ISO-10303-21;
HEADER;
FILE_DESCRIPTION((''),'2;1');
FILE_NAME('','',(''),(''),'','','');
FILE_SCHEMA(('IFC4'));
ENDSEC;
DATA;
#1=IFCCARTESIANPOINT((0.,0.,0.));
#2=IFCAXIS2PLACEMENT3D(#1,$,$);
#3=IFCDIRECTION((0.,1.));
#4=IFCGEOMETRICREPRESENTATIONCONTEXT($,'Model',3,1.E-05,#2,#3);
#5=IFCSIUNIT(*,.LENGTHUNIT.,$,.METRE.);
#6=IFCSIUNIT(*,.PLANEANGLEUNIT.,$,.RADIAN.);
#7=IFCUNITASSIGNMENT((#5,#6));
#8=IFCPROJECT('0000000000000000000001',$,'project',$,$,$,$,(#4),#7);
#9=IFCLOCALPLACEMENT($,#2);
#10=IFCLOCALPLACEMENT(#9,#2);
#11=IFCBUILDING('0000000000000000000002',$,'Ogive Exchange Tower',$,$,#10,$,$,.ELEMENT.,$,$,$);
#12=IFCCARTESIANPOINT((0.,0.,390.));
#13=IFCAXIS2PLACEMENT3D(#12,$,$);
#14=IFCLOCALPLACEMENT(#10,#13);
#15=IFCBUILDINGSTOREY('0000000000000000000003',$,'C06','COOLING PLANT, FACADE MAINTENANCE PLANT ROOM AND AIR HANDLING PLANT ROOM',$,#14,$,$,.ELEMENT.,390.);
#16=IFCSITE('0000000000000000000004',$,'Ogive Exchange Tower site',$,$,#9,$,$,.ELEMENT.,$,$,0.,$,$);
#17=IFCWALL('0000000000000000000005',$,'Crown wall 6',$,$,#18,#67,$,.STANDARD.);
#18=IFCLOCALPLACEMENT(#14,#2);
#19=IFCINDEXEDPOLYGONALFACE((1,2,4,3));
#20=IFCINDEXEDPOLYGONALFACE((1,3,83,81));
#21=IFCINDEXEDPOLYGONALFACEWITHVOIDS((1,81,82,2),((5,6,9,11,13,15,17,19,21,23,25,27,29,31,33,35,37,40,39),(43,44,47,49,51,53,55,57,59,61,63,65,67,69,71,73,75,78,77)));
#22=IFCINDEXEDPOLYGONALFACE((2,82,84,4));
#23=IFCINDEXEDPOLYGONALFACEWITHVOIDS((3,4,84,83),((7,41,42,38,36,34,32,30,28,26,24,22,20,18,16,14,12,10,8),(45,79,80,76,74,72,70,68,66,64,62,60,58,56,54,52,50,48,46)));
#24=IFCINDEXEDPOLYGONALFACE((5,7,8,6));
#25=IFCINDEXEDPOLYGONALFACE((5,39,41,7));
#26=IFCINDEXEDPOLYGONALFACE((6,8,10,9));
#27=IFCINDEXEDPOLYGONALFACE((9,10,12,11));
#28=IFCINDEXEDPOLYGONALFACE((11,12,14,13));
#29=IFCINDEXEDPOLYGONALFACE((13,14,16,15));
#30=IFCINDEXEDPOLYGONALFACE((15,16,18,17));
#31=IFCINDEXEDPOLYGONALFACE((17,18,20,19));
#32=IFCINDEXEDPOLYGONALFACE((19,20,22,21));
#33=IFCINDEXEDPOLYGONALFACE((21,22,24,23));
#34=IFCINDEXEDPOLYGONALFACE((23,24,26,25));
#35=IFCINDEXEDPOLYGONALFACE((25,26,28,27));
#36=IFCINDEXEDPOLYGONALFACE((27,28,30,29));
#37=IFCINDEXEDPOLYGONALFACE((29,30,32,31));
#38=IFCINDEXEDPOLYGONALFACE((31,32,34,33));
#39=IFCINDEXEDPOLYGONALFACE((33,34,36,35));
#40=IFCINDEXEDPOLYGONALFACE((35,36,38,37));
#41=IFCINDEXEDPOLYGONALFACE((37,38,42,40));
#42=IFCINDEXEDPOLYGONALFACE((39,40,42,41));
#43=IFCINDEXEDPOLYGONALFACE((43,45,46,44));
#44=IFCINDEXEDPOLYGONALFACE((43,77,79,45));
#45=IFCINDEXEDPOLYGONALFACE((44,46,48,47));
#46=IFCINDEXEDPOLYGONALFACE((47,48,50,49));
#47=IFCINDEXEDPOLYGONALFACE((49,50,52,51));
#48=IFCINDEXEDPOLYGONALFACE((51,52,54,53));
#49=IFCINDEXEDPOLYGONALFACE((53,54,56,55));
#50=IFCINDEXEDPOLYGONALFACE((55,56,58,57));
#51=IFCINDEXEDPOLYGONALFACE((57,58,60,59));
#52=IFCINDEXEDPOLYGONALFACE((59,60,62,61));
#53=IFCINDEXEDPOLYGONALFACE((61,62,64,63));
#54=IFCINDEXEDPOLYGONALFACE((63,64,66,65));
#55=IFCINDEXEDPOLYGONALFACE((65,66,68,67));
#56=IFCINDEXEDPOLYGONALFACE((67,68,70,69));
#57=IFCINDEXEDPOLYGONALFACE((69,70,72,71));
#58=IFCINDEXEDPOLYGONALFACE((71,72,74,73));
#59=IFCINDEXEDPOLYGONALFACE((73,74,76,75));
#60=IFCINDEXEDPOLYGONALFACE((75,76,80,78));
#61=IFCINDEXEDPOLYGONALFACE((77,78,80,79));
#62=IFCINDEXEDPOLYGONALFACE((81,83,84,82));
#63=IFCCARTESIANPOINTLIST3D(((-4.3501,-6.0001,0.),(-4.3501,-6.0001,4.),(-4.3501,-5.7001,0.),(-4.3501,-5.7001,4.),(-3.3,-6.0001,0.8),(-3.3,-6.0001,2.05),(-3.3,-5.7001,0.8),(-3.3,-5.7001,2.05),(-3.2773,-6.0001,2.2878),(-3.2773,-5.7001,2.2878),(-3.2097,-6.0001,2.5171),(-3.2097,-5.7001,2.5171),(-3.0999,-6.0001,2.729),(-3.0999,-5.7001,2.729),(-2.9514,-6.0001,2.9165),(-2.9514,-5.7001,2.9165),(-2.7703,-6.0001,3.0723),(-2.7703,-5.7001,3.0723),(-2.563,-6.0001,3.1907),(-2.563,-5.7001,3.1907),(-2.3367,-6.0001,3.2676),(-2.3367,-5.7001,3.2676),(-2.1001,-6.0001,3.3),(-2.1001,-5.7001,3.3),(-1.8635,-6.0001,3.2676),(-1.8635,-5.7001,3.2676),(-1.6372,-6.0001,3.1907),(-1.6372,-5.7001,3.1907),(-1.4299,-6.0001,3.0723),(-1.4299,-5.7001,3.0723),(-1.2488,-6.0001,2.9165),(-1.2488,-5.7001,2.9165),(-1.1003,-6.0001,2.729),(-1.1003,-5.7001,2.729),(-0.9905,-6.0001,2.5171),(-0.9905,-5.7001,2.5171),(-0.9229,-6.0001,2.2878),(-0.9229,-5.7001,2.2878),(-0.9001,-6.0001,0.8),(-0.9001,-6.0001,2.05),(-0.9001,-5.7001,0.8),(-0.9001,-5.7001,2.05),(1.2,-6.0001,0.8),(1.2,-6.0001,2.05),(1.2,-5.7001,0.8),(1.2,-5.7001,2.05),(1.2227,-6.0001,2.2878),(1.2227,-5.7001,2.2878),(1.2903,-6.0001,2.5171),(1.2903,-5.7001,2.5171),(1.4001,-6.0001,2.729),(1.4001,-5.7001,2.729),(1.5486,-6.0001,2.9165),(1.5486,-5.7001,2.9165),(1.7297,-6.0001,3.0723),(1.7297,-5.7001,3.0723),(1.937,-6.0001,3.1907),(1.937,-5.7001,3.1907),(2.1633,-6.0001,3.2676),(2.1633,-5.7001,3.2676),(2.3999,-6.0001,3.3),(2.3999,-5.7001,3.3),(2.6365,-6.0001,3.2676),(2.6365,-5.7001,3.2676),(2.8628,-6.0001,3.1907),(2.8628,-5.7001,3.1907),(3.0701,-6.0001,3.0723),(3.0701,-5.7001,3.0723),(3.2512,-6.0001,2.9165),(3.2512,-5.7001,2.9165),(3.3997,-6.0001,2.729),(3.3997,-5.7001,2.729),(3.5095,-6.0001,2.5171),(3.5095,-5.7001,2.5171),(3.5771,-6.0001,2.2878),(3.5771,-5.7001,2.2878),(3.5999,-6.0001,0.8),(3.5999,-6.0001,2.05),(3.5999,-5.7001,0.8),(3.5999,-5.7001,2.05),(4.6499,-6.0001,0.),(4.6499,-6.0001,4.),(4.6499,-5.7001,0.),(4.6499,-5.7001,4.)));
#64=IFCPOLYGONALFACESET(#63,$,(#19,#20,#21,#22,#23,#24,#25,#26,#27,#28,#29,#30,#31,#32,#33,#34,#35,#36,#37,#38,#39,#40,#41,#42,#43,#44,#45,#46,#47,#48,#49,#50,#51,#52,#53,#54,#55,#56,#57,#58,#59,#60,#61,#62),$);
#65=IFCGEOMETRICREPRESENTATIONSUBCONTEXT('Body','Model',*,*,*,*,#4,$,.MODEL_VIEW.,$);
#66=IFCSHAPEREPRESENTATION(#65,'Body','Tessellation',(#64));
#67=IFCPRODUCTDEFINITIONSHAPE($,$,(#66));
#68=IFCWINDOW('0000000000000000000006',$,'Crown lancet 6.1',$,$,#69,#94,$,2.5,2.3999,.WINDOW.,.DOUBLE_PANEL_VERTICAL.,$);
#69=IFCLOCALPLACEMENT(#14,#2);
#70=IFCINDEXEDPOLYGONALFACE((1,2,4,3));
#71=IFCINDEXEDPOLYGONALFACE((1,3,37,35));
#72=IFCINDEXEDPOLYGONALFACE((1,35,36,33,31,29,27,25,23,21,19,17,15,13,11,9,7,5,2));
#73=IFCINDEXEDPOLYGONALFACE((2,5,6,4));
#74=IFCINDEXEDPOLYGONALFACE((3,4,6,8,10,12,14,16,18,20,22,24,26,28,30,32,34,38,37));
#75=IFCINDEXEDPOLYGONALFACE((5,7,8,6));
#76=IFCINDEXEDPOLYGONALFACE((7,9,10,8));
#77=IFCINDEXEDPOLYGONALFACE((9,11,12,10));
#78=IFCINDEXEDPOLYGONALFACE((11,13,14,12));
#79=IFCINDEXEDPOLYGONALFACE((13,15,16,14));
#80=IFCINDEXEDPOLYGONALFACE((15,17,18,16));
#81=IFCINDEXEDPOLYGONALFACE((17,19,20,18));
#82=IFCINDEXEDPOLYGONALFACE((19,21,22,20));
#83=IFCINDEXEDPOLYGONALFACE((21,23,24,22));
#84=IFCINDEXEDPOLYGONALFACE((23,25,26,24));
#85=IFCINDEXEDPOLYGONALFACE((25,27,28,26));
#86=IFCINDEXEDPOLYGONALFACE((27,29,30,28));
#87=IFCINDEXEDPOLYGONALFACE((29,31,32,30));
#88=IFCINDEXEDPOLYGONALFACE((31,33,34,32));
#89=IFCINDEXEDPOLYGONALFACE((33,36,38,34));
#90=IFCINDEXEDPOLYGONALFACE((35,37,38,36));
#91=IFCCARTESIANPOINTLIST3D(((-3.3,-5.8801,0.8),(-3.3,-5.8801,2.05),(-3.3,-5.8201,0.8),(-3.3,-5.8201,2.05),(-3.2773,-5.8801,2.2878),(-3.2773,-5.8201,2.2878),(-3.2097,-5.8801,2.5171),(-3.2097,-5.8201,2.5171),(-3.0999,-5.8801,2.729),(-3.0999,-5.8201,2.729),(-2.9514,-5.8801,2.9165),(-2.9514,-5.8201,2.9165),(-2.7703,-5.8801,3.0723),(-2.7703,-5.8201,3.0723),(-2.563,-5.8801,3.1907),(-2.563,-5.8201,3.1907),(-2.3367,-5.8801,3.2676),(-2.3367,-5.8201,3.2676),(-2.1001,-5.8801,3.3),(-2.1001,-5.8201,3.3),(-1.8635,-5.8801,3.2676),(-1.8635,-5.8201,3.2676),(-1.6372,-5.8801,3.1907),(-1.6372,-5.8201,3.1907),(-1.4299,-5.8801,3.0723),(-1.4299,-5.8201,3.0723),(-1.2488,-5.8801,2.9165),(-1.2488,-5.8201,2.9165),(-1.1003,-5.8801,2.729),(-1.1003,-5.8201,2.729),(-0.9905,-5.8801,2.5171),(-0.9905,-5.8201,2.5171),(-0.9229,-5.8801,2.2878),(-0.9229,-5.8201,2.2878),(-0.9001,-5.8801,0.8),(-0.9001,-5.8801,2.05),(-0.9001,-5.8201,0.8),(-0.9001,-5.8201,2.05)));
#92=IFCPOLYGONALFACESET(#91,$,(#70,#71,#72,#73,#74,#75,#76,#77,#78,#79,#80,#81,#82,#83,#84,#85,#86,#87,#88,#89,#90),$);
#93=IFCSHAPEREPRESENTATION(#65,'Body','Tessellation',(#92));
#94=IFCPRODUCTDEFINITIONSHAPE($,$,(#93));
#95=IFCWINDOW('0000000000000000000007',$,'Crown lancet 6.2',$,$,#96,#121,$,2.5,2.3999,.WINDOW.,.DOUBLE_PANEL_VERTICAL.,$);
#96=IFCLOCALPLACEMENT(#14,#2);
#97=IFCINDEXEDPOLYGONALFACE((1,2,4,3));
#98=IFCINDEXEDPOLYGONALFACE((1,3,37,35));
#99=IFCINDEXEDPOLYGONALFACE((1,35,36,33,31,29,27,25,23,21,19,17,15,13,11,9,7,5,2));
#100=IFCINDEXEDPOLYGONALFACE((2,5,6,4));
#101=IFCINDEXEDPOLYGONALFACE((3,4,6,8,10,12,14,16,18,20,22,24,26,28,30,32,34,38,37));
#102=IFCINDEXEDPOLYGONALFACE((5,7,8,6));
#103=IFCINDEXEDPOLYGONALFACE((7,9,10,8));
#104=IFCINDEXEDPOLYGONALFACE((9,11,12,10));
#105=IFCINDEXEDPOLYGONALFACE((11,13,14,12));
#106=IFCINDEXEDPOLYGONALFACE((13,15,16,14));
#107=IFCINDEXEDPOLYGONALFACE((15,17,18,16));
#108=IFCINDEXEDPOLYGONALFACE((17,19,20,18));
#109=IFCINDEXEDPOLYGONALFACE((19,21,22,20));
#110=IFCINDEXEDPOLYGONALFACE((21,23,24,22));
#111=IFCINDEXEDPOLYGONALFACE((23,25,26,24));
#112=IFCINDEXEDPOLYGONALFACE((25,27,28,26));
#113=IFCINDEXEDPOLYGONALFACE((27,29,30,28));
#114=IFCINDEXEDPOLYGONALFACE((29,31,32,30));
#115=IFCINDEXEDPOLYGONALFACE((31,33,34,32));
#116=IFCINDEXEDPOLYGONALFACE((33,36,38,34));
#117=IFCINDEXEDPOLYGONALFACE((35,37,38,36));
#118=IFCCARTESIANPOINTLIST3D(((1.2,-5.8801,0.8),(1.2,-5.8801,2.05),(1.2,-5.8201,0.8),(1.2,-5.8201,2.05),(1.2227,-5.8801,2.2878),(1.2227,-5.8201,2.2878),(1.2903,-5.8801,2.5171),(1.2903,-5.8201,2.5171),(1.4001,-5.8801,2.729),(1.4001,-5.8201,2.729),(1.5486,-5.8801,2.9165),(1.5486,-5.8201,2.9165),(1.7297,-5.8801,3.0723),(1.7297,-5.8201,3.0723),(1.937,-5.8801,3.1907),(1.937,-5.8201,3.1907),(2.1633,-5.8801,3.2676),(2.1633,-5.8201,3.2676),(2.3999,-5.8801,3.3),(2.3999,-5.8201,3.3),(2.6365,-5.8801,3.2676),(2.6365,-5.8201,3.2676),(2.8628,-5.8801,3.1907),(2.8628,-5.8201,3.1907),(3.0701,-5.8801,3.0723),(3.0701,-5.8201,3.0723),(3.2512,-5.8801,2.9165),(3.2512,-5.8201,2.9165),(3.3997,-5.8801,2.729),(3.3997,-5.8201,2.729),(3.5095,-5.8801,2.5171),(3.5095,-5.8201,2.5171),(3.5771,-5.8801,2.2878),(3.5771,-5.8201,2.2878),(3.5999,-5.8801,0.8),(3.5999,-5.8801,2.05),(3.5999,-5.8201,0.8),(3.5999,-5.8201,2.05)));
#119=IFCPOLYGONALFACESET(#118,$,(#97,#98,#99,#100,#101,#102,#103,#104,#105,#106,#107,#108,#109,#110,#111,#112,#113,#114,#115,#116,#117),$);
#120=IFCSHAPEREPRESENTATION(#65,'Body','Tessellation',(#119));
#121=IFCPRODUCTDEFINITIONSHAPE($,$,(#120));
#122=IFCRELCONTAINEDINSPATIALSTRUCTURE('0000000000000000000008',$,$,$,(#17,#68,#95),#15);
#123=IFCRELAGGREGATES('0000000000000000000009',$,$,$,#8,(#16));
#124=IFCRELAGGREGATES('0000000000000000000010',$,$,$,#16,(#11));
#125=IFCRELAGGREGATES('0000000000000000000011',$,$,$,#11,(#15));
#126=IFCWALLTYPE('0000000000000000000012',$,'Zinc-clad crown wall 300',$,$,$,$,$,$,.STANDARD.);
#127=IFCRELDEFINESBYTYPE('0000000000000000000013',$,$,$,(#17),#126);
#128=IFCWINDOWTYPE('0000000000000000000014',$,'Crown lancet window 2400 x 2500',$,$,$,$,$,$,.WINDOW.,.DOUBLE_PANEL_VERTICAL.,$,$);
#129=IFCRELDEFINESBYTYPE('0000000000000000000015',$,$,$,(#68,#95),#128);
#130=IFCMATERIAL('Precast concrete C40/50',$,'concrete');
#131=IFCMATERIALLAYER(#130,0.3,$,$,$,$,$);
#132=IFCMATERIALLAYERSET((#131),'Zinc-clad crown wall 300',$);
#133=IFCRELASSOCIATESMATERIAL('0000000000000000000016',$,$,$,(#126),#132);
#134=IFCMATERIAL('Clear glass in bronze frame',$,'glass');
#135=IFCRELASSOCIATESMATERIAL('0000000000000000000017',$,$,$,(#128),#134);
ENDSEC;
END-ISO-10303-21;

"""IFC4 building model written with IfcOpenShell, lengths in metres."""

from ifc_helpers import new_model, si_unit, direction, frame, frame_2d, origin, place, context, subcontext, project, spatial, polyline, rectangle, outline, extrude, material, layer, layer_set, type_object, element, fill, save


model = new_model("IFC4")

# Units and contexts
model_context = context("Model", 3, precision=1e-05, world=origin(), true_north=direction((0.0, 1.0)))
body_context = subcontext(model_context, "Body", "Model", "MODEL_VIEW")
ifc_project = project(units=[si_unit("LENGTHUNIT", "METRE"), si_unit("PLANEANGLEUNIT", "RADIAN")], contexts=[model_context])

# Site, building, storey
site_placement = place(None, origin())
site = spatial("IfcSite", under=ifc_project, at=site_placement, Name="Ogive Exchange Tower site", CompositionType="ELEMENT", RefElevation=0.0)
building_placement = place(site_placement, origin())
building = spatial("IfcBuilding", under=site, at=building_placement, Name="Ogive Exchange Tower", CompositionType="ELEMENT")
storey_placement = place(building_placement, frame((0.0, 0.0, 390.0)))
storey = spatial("IfcBuildingStorey", under=building, at=storey_placement, Name="C06", Description="COOLING PLANT, FACADE MAINTENANCE PLANT ROOM AND AIR HANDLING PLANT ROOM", CompositionType="ELEMENT", Elevation=390.0)

# Wall, openings, windows
ifc_material_1 = material(Name="Precast concrete C40/50", Category="concrete")
ifc_layer_1 = layer(ifc_material_1, 0.3)
ifc_layer_set_1 = layer_set([ifc_layer_1], Name="Zinc-clad crown wall 300")
wall_type_1 = type_object("IfcWallType", Name="Zinc-clad crown wall 300", PredefinedType="STANDARD", material=ifc_layer_set_1)
ifc_material_2 = material(Name="Clear glass in bronze frame", Category="glass")
window_type = type_object("IfcWindowType", Name="Crown lancet window 2400 x 2500", PartitioningType="DOUBLE_PANEL_VERTICAL", PredefinedType="WINDOW", material=ifc_material_2)
wall_1_placement = place(storey_placement, frame((-4.3501, -5.8501, 0.0), z_axis=(0.0, 0.0, 1.0), x_axis=(1.0, 0.0, 0.0)))
wall_1 = element("IfcWall", 1, at=wall_1_placement, inside=storey, type_object=wall_type_1, Name="Crown wall 6", PredefinedType="STANDARD", context=body_context, shape_type="SweptSolid", body=[
    extrude(rectangle(XDim=9.0, YDim=0.3, at=frame_2d((4.5, 0.0))), origin(), (0.0, 0.0, 1.0), 4.0),
])
opening_1_placement = place(wall_1_placement, frame((1.05, 0.0, 0.8)))
opening_1 = element("IfcOpeningElement", 2, at=opening_1_placement, cuts=wall_1, PredefinedType="OPENING", context=body_context, shape_type="SweptSolid", body=[
    extrude(outline(polyline([(0.0, 0.0), (2.3999, 0.0), (2.3999, 1.25), (2.3772, 1.4878), (2.3096, 1.717), (2.1997, 1.929), (2.0513, 2.1165), (1.8701, 2.2722), (1.6628, 2.3906), (1.4365, 2.4675), (1.2, 2.5), (0.9634, 2.4675), (0.7371, 2.3906), (0.5298, 2.2722), (0.3486, 2.1165), (0.2002, 1.929), (0.0903, 1.717), (0.0227, 1.4878), (0.0, 1.25), (0.0, 0.0)])), frame((0.0, 0.1599, 0.0), z_axis=(0.0, -1.0, 0.0), x_axis=(1.0, 0.0, 0.0)), (0.0, 0.0, 1.0), 0.3201),
])
opening_2_placement = place(wall_1_placement, frame((5.55, 0.0, 0.8)))
opening_2 = element("IfcOpeningElement", 3, at=opening_2_placement, cuts=wall_1, PredefinedType="OPENING", context=body_context, shape_type="SweptSolid", body=[
    extrude(outline(polyline([(0.0, 0.0), (2.3999, 0.0), (2.3999, 1.25), (2.3772, 1.4878), (2.3096, 1.717), (2.1997, 1.929), (2.0513, 2.1165), (1.8701, 2.2722), (1.6628, 2.3906), (1.4365, 2.4675), (1.2, 2.5), (0.9634, 2.4675), (0.7371, 2.3906), (0.5298, 2.2722), (0.3486, 2.1165), (0.2002, 1.929), (0.0903, 1.717), (0.0227, 1.4878), (0.0, 1.25), (0.0, 0.0)])), frame((0.0, 0.1599, 0.0), z_axis=(0.0, -1.0, 0.0), x_axis=(1.0, 0.0, 0.0)), (0.0, 0.0, 1.0), 0.3201),
])
window_1_placement = place(opening_1_placement, origin())
window_1 = element("IfcWindow", 4, at=window_1_placement, inside=storey, type_object=window_type, Name="Crown lancet 6.1", OverallHeight=2.5, OverallWidth=2.3999, PartitioningType="DOUBLE_PANEL_VERTICAL", PredefinedType="WINDOW", context=body_context, shape_type="SweptSolid", body=[
    extrude(outline(polyline([(0.0, 0.0), (2.3999, 0.0), (2.3999, 1.25), (2.3772, 1.4878), (2.3096, 1.717), (2.1997, 1.929), (2.0513, 2.1165), (1.8701, 2.2722), (1.6628, 2.3906), (1.4365, 2.4675), (1.2, 2.5), (0.9634, 2.4675), (0.7371, 2.3906), (0.5298, 2.2722), (0.3486, 2.1165), (0.2002, 1.929), (0.0903, 1.717), (0.0227, 1.4878), (0.0, 1.25), (0.0, 0.0)])), frame((0.0, 0.03, 0.0), z_axis=(0.0, -1.0, 0.0), x_axis=(1.0, 0.0, 0.0)), (0.0, 0.0, 1.0), 0.0601),
])
fill(opening_1, window_1)
window_2_placement = place(opening_2_placement, origin())
window_2 = element("IfcWindow", 5, at=window_2_placement, inside=storey, type_object=window_type, Name="Crown lancet 6.2", OverallHeight=2.5, OverallWidth=2.3999, PartitioningType="DOUBLE_PANEL_VERTICAL", PredefinedType="WINDOW", context=body_context, shape_type="SweptSolid", body=[
    extrude(outline(polyline([(0.0, 0.0), (2.3999, 0.0), (2.3999, 1.25), (2.3772, 1.4878), (2.3096, 1.717), (2.1997, 1.929), (2.0513, 2.1165), (1.8701, 2.2722), (1.6628, 2.3906), (1.4365, 2.4675), (1.2, 2.5), (0.9634, 2.4675), (0.7371, 2.3906), (0.5298, 2.2722), (0.3486, 2.1165), (0.2002, 1.929), (0.0903, 1.717), (0.0227, 1.4878), (0.0, 1.25), (0.0, 0.0)])), frame((0.0, 0.03, 0.0), z_axis=(0.0, -1.0, 0.0), x_axis=(1.0, 0.0, 0.0)), (0.0, 0.0, 1.0), 0.0601),
])
fill(opening_2, window_2)

save(model, "model.ifc")
